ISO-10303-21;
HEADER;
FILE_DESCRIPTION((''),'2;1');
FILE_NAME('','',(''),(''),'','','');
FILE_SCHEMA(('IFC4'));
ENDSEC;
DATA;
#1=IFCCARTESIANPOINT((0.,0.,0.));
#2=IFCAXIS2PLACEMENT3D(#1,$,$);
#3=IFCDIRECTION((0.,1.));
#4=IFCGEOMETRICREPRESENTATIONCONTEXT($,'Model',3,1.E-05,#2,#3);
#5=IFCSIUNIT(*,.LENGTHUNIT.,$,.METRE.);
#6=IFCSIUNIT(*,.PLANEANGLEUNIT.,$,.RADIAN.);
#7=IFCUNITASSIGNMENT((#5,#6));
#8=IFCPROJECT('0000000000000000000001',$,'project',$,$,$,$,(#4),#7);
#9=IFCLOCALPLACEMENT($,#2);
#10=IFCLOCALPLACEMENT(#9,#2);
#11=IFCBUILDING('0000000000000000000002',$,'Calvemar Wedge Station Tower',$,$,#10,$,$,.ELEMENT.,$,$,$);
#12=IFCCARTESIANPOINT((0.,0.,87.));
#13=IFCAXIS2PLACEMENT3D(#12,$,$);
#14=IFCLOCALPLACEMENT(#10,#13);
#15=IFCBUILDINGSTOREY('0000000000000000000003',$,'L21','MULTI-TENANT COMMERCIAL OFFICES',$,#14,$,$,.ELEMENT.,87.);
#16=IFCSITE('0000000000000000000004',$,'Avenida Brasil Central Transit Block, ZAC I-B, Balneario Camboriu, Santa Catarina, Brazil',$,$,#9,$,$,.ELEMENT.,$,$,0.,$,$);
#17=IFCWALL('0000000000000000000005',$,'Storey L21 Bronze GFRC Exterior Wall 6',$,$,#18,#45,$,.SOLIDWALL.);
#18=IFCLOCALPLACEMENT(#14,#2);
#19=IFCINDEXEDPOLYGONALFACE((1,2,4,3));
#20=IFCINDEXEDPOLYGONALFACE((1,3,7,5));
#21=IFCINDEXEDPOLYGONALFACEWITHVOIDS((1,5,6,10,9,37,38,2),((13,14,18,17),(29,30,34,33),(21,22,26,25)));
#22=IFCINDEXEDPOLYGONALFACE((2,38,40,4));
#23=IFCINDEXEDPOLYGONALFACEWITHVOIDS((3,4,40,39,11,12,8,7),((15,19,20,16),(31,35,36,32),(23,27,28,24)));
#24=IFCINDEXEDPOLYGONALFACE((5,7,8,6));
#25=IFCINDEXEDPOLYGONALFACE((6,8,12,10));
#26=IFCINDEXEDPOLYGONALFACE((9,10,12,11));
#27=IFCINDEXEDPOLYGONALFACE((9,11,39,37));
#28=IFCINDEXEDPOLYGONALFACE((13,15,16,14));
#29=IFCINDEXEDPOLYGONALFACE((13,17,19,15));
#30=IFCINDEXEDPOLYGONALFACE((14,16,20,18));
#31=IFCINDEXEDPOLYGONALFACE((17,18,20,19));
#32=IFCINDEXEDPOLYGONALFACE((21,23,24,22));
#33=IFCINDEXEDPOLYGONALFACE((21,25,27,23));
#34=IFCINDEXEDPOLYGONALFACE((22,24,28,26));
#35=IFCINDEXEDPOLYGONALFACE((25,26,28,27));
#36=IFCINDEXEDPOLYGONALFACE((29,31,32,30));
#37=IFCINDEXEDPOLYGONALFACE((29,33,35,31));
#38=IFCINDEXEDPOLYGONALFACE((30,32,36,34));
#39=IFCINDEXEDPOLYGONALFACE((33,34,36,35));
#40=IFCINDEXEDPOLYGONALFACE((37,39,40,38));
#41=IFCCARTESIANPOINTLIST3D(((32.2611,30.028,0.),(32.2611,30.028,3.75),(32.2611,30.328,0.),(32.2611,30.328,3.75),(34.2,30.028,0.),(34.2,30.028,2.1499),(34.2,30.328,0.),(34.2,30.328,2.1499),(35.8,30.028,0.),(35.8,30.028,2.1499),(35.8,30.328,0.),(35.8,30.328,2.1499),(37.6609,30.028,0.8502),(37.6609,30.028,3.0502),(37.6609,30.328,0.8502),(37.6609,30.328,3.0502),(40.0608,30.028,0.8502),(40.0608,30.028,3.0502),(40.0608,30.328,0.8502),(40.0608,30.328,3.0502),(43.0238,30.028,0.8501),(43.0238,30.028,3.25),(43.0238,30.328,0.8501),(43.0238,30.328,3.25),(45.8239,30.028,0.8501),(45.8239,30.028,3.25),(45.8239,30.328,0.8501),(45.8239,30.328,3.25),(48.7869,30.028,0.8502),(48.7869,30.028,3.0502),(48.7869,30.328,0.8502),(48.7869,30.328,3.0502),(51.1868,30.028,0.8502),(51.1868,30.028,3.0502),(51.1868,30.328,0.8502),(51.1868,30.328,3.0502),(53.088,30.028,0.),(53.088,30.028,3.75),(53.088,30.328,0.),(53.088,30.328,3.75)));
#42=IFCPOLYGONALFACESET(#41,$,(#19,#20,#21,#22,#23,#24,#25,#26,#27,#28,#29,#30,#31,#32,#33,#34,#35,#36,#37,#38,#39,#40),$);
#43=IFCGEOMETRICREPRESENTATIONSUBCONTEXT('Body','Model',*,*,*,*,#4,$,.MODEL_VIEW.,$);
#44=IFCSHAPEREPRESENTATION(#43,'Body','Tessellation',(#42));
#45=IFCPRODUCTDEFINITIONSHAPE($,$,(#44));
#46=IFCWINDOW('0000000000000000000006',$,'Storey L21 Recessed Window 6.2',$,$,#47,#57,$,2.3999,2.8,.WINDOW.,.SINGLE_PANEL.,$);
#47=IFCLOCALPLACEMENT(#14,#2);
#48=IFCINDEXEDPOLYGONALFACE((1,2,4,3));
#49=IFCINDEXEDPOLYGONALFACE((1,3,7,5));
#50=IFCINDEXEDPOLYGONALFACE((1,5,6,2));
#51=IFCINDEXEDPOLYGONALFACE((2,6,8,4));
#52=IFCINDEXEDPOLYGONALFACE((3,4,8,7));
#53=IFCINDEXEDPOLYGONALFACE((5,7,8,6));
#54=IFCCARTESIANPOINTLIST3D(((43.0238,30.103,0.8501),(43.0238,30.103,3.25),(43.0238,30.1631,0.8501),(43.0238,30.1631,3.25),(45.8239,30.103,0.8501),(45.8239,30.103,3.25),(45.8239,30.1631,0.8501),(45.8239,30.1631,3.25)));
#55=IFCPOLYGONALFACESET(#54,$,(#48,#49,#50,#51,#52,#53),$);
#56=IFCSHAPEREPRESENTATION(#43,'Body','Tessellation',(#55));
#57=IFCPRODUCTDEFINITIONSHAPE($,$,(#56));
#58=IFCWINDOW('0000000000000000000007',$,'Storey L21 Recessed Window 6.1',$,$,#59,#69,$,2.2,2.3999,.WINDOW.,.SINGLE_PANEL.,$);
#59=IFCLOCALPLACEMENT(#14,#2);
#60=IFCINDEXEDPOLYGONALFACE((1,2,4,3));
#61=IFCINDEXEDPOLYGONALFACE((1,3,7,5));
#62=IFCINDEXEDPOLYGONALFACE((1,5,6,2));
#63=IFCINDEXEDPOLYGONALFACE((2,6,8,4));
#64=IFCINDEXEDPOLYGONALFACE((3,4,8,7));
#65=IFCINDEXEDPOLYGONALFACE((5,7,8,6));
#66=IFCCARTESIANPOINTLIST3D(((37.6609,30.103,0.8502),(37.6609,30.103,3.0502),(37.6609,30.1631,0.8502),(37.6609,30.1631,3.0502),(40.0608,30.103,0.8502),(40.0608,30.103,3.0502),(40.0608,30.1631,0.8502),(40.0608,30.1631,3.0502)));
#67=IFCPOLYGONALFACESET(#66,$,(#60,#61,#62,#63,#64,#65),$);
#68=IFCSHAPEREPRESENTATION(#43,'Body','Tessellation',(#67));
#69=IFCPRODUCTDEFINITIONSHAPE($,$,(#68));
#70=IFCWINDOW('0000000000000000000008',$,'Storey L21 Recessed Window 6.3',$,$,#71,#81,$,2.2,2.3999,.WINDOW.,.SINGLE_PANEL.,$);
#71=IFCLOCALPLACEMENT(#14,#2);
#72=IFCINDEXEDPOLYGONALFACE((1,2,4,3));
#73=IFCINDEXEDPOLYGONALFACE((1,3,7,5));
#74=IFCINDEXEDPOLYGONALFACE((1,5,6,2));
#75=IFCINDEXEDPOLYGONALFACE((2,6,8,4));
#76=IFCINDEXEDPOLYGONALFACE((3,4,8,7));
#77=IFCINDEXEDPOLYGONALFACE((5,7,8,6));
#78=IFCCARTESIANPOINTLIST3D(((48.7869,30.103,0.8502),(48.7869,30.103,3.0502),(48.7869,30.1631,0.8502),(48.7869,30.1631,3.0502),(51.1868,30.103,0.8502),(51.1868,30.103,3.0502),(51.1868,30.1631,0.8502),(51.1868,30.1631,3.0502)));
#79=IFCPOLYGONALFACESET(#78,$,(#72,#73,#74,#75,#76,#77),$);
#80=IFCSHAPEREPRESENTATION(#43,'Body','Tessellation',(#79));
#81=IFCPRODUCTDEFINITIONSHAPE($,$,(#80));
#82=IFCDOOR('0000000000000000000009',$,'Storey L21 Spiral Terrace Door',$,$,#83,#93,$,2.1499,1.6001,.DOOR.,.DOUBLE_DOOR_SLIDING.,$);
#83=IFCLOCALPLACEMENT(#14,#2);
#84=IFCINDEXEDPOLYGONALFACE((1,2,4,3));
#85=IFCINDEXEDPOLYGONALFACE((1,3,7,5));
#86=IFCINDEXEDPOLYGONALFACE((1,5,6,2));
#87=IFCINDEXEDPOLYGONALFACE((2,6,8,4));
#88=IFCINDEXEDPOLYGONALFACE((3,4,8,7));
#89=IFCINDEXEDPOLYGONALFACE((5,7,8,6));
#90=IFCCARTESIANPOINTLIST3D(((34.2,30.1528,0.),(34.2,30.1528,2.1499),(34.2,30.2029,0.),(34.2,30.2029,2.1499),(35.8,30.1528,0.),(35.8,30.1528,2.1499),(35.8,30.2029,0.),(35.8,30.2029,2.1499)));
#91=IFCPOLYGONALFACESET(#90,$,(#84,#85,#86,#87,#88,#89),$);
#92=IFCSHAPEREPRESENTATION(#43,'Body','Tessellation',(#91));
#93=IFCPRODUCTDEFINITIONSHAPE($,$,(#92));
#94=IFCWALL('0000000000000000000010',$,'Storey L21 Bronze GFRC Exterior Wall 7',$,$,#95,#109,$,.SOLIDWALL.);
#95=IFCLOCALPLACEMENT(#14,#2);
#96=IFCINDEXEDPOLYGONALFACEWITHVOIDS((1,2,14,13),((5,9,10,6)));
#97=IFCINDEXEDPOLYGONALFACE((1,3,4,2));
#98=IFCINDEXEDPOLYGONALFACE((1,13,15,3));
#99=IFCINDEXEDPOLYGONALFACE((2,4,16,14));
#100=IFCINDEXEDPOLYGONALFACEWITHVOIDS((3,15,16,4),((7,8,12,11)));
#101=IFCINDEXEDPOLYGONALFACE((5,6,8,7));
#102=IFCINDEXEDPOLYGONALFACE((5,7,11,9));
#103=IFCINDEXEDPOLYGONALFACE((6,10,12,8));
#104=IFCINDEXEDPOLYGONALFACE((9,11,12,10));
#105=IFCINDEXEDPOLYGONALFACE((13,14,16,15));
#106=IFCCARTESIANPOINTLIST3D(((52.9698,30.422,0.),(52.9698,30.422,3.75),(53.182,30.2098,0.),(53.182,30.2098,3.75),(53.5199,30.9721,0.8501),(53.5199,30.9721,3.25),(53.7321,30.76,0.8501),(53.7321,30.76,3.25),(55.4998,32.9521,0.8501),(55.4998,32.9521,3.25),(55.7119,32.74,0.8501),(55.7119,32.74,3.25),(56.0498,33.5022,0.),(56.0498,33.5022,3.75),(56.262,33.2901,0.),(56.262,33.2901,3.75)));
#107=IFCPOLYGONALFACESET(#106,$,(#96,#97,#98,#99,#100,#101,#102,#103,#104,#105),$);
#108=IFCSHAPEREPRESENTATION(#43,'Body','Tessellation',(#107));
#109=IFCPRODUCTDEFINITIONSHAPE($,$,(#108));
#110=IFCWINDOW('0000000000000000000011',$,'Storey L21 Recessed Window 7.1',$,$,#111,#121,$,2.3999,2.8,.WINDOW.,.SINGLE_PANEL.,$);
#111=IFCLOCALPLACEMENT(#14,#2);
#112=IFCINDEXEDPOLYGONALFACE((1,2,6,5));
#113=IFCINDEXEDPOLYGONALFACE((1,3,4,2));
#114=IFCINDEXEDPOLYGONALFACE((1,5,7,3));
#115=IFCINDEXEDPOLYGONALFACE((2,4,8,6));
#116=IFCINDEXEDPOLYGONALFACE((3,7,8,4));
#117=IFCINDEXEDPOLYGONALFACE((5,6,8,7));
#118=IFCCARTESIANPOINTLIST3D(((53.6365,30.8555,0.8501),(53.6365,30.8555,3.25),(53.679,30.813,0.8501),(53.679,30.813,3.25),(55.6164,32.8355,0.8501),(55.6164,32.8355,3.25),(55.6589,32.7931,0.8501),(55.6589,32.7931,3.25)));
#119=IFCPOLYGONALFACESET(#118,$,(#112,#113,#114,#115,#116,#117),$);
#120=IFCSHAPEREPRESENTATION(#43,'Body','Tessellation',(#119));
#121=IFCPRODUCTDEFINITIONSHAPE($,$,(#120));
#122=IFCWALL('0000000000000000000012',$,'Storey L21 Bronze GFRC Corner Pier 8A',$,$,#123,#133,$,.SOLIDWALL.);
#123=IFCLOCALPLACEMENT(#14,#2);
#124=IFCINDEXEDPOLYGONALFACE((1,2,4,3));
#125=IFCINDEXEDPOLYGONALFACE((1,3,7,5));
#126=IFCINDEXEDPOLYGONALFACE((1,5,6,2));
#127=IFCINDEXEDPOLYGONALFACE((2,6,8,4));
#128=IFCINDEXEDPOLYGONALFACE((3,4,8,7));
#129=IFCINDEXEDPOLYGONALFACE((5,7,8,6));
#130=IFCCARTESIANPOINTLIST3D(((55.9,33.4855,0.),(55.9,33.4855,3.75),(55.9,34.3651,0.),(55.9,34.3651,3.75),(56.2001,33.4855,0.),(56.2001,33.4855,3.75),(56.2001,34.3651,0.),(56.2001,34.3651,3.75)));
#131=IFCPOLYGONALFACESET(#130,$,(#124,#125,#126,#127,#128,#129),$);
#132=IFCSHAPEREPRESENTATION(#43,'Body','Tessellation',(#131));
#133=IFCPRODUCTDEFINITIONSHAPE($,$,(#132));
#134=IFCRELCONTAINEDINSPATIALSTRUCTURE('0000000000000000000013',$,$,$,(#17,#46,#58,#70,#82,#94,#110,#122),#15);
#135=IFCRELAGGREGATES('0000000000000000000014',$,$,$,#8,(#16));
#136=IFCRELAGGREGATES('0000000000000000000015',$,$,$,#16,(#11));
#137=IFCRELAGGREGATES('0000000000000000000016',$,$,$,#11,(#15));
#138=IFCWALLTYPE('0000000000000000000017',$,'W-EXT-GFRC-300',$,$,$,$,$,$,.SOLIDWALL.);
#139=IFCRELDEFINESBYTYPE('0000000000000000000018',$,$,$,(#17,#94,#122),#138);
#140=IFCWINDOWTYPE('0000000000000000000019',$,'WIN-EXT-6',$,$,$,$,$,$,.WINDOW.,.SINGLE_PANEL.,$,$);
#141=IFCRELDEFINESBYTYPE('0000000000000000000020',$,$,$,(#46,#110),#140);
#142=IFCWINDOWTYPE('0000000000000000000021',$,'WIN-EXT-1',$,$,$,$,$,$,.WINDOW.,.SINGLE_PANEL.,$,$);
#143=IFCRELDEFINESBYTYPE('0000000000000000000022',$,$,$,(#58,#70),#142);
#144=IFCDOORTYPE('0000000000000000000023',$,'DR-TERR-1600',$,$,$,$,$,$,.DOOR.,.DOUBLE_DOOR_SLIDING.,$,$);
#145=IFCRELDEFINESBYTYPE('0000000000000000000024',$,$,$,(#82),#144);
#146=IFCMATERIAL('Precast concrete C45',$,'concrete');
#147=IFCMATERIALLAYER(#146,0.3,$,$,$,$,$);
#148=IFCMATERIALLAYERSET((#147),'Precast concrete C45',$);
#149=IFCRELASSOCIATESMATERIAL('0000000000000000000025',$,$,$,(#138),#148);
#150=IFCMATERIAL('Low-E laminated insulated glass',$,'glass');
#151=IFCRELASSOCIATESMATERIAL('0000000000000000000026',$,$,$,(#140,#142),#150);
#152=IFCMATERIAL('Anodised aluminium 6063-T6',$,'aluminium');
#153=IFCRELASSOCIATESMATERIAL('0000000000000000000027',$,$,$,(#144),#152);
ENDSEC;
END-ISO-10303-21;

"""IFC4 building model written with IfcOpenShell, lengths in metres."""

from ifc_helpers import new_model, si_unit, direction, frame, frame_2d, origin, place, context, subcontext, project, spatial, rectangle, extrude, source, transform, mapped, material, layer, layer_set, type_object, element, fill, save


model = new_model("IFC4")

# Units and contexts
model_context = context("Model", 3, precision=1e-05, world=origin(), true_north=direction((0.0, 1.0)))
body_context = subcontext(model_context, "Body", "Model", "MODEL_VIEW")
ifc_project = project(units=[si_unit("LENGTHUNIT", "METRE"), si_unit("PLANEANGLEUNIT", "RADIAN")], contexts=[model_context])

# Site, building, storey
site_placement = place(None, origin())
site = spatial("IfcSite", under=ifc_project, at=site_placement, Name="Avenida Brasil Central Transit Block, ZAC I-B, Balneario Camboriu, Santa Catarina, Brazil", CompositionType="ELEMENT", RefElevation=0.0)
building_placement = place(site_placement, origin())
building = spatial("IfcBuilding", under=site, at=building_placement, Name="Calvemar Wedge Station Tower", CompositionType="ELEMENT")
storey_placement = place(building_placement, frame((0.0, 0.0, 87.0)))
storey = spatial("IfcBuildingStorey", under=building, at=storey_placement, Name="L21", Description="MULTI-TENANT COMMERCIAL OFFICES", CompositionType="ELEMENT", Elevation=87.0)

# Shared definitions
ifc_material_1 = material(Name="Anodised aluminium 6063-T6", Category="aluminium")

# Shared definitions
ifc_material_2 = material(Name="Low-E laminated insulated glass", Category="glass")

# Shared definitions
ifc_material_3 = material(Name="Precast concrete C45", Category="concrete")
ifc_layer_1 = layer(ifc_material_3, 0.3)
ifc_layer_set_1 = layer_set([ifc_layer_1], Name="Precast concrete C45")
wall_type_1 = type_object("IfcWallType", Name="W-EXT-GFRC-300", PredefinedType="SOLIDWALL", material=ifc_layer_set_1)

# Wall, openings, windows, door
wall_1_placement = place(storey_placement, frame((32.261, 30.178, 0.0), z_axis=(0.0, 0.0, 1.0), x_axis=(1.0, 0.0, 0.0)))
wall_1 = element("IfcWall", 1, at=wall_1_placement, inside=storey, type_object=wall_type_1, Name="Storey L21 Bronze GFRC Exterior Wall 6", PredefinedType="SOLIDWALL", context=body_context, shape_type="SweptSolid", body=[
    extrude(rectangle(XDim=20.8269, YDim=0.3, at=frame_2d((10.4136, 0.0))), origin(), (0.0, 0.0, 1.0), 3.75),
])
shared_shape_1 = source(origin(), body_context, "Body", "SweptSolid", [
    extrude(rectangle(XDim=1.6001, YDim=2.1499, at=frame_2d((0.8, 1.075))), frame((0.0, 0.1602, 0.0), z_axis=(0.0, -1.0, 0.0), x_axis=(1.0, 0.0, 0.0)), (0.0, 0.0, 1.0), 0.3201),
])
opening_1_placement = place(wall_1_placement, frame((1.939, 0.0, 0.0)))
opening_1 = element("IfcOpeningElement", 2, at=opening_1_placement, cuts=wall_1, PredefinedType="OPENING", context=body_context, shape_type="MappedRepresentation", body=[
    mapped(shared_shape_1, transform((0.0, 0.0, 0.0), scale=1.0)),
])
shared_shape_2 = source(origin(), body_context, "Body", "SweptSolid", [
    extrude(rectangle(XDim=2.3999, YDim=2.2, at=frame_2d((1.2, 1.1001))), frame((0.0, 0.1602, 0.0), z_axis=(0.0, -1.0, 0.0), x_axis=(1.0, 0.0, 0.0)), (0.0, 0.0, 1.0), 0.3201),
])
opening_2_placement = place(wall_1_placement, frame((5.3999, 0.0, 0.8501)))
opening_2 = element("IfcOpeningElement", 3, at=opening_2_placement, cuts=wall_1, PredefinedType="OPENING", context=body_context, shape_type="MappedRepresentation", body=[
    mapped(shared_shape_2, transform((0.0, 0.0, 0.0), scale=1.0)),
])
shared_shape_3 = source(origin(), body_context, "Body", "SweptSolid", [
    extrude(rectangle(XDim=2.8, YDim=2.3999, at=frame_2d((1.3999, 1.2))), frame((0.0, 0.1602, 0.0), z_axis=(0.0, -1.0, 0.0), x_axis=(1.0, 0.0, 0.0)), (0.0, 0.0, 1.0), 0.3201),
])
opening_3_placement = place(wall_1_placement, frame((10.7629, 0.0, 0.8501)))
opening_3 = element("IfcOpeningElement", 4, at=opening_3_placement, cuts=wall_1, PredefinedType="OPENING", context=body_context, shape_type="MappedRepresentation", body=[
    mapped(shared_shape_3, transform((0.0, 0.0, 0.0), scale=1.0)),
])
opening_4_placement = place(wall_1_placement, frame((16.5259, 0.0, 0.8501)))
opening_4 = element("IfcOpeningElement", 5, at=opening_4_placement, cuts=wall_1, PredefinedType="OPENING", context=body_context, shape_type="MappedRepresentation", body=[
    mapped(shared_shape_2, transform((0.0, 0.0, 0.0), scale=1.0)),
])
window_type_1 = type_object("IfcWindowType", Name="WIN-EXT-6", PartitioningType="SINGLE_PANEL", PredefinedType="WINDOW", material=ifc_material_2)
shared_shape_4 = source(origin(), body_context, "Body", "SweptSolid", [
    extrude(rectangle(XDim=2.8, YDim=2.3999, at=frame_2d((1.3999, 1.2))), frame((0.0, -0.0149, 0.0), z_axis=(0.0, -1.0, 0.0), x_axis=(1.0, 0.0, 0.0)), (0.0, 0.0, 1.0), 0.0601),
])
window_1_placement = place(opening_3_placement, origin())
window_1 = element("IfcWindow", 6, at=window_1_placement, inside=storey, type_object=window_type_1, Name="Storey L21 Recessed Window 6.2", OverallHeight=2.3999, OverallWidth=2.8, PartitioningType="SINGLE_PANEL", PredefinedType="WINDOW", context=body_context, shape_type="MappedRepresentation", body=[
    mapped(shared_shape_4, transform((0.0, 0.0, 0.0), scale=1.0)),
])
fill(opening_3, window_1)
window_type_2 = type_object("IfcWindowType", Name="WIN-EXT-1", PartitioningType="SINGLE_PANEL", PredefinedType="WINDOW", material=ifc_material_2)
shared_shape_5 = source(origin(), body_context, "Body", "SweptSolid", [
    extrude(rectangle(XDim=2.3999, YDim=2.2, at=frame_2d((1.2, 1.1001))), frame((0.0, -0.0149, 0.0), z_axis=(0.0, -1.0, 0.0), x_axis=(1.0, 0.0, 0.0)), (0.0, 0.0, 1.0), 0.0601),
])
window_2_placement = place(opening_2_placement, origin())
window_2 = element("IfcWindow", 7, at=window_2_placement, inside=storey, type_object=window_type_2, Name="Storey L21 Recessed Window 6.1", OverallHeight=2.2, OverallWidth=2.3999, PartitioningType="SINGLE_PANEL", PredefinedType="WINDOW", context=body_context, shape_type="MappedRepresentation", body=[
    mapped(shared_shape_5, transform((0.0, 0.0, 0.0), scale=1.0)),
])
fill(opening_2, window_2)
window_3_placement = place(opening_4_placement, origin())
window_3 = element("IfcWindow", 8, at=window_3_placement, inside=storey, type_object=window_type_2, Name="Storey L21 Recessed Window 6.3", OverallHeight=2.2, OverallWidth=2.3999, PartitioningType="SINGLE_PANEL", PredefinedType="WINDOW", context=body_context, shape_type="MappedRepresentation", body=[
    mapped(shared_shape_5, transform((0.0, 0.0, 0.0), scale=1.0)),
])
fill(opening_4, window_3)
door_type_1 = type_object("IfcDoorType", Name="DR-TERR-1600", OperationType="DOUBLE_DOOR_SLIDING", PredefinedType="DOOR", material=ifc_material_1)
shared_shape_6 = source(origin(), body_context, "Body", "SweptSolid", [
    extrude(rectangle(XDim=1.6001, YDim=2.1499, at=frame_2d((0.8, 1.075))), frame((0.0, 0.0249, 0.0), z_axis=(0.0, -1.0, 0.0), x_axis=(1.0, 0.0, 0.0)), (0.0, 0.0, 1.0), 0.05),
])
door_1_placement = place(opening_1_placement, origin())
door_1 = element("IfcDoor", 9, at=door_1_placement, inside=storey, type_object=door_type_1, Name="Storey L21 Spiral Terrace Door", OperationType="DOUBLE_DOOR_SLIDING", OverallHeight=2.1499, OverallWidth=1.6001, PredefinedType="DOOR", context=body_context, shape_type="MappedRepresentation", body=[
    mapped(shared_shape_6, transform((0.0, 0.0, 0.0), scale=1.0)),
])
fill(opening_1, door_1)

# Wall, opening, window
wall_2_placement = place(storey_placement, frame((53.0759, 30.3159, 0.0), z_axis=(0.0, 0.0, 1.0), x_axis=(0.707079, 0.707135, 0.0)))
wall_2 = element("IfcWall", 10, at=wall_2_placement, inside=storey, type_object=wall_type_1, Name="Storey L21 Bronze GFRC Exterior Wall 7", PredefinedType="SOLIDWALL", context=body_context, shape_type="SweptSolid", body=[
    extrude(rectangle(XDim=4.356, YDim=0.3, at=frame_2d((2.178, 0.0))), origin(), (0.0, 0.0, 1.0), 3.75),
])
opening_5_placement = place(wall_2_placement, frame((0.7781, 0.0, 0.8501)))
opening_5 = element("IfcOpeningElement", 11, at=opening_5_placement, cuts=wall_2, PredefinedType="OPENING", context=body_context, shape_type="MappedRepresentation", body=[
    mapped(shared_shape_3, transform((0.0, 0.0, 0.0), scale=1.0)),
])
window_4_placement = place(opening_5_placement, origin())
window_4 = element("IfcWindow", 12, at=window_4_placement, inside=storey, type_object=window_type_1, Name="Storey L21 Recessed Window 7.1", OverallHeight=2.3999, OverallWidth=2.8, PartitioningType="SINGLE_PANEL", PredefinedType="WINDOW", context=body_context, shape_type="MappedRepresentation", body=[
    mapped(shared_shape_4, transform((0.0, 0.0, 0.0), scale=1.0)),
])
fill(opening_5, window_4)

# Wall
wall_3_placement = place(storey_placement, frame((56.05, 33.4854, 0.0), z_axis=(0.0, 0.0, 1.0), x_axis=(0.0, 1.0, 0.0)))
element("IfcWall", 13, at=wall_3_placement, inside=storey, type_object=wall_type_1, Name="Storey L21 Bronze GFRC Corner Pier 8A", PredefinedType="SOLIDWALL", context=body_context, shape_type="SweptSolid", body=[
    extrude(rectangle(XDim=0.8796, YDim=0.3, at=frame_2d((0.4399, 0.0))), origin(), (0.0, 0.0, 1.0), 3.75),
])

save(model, "model.ifc")
